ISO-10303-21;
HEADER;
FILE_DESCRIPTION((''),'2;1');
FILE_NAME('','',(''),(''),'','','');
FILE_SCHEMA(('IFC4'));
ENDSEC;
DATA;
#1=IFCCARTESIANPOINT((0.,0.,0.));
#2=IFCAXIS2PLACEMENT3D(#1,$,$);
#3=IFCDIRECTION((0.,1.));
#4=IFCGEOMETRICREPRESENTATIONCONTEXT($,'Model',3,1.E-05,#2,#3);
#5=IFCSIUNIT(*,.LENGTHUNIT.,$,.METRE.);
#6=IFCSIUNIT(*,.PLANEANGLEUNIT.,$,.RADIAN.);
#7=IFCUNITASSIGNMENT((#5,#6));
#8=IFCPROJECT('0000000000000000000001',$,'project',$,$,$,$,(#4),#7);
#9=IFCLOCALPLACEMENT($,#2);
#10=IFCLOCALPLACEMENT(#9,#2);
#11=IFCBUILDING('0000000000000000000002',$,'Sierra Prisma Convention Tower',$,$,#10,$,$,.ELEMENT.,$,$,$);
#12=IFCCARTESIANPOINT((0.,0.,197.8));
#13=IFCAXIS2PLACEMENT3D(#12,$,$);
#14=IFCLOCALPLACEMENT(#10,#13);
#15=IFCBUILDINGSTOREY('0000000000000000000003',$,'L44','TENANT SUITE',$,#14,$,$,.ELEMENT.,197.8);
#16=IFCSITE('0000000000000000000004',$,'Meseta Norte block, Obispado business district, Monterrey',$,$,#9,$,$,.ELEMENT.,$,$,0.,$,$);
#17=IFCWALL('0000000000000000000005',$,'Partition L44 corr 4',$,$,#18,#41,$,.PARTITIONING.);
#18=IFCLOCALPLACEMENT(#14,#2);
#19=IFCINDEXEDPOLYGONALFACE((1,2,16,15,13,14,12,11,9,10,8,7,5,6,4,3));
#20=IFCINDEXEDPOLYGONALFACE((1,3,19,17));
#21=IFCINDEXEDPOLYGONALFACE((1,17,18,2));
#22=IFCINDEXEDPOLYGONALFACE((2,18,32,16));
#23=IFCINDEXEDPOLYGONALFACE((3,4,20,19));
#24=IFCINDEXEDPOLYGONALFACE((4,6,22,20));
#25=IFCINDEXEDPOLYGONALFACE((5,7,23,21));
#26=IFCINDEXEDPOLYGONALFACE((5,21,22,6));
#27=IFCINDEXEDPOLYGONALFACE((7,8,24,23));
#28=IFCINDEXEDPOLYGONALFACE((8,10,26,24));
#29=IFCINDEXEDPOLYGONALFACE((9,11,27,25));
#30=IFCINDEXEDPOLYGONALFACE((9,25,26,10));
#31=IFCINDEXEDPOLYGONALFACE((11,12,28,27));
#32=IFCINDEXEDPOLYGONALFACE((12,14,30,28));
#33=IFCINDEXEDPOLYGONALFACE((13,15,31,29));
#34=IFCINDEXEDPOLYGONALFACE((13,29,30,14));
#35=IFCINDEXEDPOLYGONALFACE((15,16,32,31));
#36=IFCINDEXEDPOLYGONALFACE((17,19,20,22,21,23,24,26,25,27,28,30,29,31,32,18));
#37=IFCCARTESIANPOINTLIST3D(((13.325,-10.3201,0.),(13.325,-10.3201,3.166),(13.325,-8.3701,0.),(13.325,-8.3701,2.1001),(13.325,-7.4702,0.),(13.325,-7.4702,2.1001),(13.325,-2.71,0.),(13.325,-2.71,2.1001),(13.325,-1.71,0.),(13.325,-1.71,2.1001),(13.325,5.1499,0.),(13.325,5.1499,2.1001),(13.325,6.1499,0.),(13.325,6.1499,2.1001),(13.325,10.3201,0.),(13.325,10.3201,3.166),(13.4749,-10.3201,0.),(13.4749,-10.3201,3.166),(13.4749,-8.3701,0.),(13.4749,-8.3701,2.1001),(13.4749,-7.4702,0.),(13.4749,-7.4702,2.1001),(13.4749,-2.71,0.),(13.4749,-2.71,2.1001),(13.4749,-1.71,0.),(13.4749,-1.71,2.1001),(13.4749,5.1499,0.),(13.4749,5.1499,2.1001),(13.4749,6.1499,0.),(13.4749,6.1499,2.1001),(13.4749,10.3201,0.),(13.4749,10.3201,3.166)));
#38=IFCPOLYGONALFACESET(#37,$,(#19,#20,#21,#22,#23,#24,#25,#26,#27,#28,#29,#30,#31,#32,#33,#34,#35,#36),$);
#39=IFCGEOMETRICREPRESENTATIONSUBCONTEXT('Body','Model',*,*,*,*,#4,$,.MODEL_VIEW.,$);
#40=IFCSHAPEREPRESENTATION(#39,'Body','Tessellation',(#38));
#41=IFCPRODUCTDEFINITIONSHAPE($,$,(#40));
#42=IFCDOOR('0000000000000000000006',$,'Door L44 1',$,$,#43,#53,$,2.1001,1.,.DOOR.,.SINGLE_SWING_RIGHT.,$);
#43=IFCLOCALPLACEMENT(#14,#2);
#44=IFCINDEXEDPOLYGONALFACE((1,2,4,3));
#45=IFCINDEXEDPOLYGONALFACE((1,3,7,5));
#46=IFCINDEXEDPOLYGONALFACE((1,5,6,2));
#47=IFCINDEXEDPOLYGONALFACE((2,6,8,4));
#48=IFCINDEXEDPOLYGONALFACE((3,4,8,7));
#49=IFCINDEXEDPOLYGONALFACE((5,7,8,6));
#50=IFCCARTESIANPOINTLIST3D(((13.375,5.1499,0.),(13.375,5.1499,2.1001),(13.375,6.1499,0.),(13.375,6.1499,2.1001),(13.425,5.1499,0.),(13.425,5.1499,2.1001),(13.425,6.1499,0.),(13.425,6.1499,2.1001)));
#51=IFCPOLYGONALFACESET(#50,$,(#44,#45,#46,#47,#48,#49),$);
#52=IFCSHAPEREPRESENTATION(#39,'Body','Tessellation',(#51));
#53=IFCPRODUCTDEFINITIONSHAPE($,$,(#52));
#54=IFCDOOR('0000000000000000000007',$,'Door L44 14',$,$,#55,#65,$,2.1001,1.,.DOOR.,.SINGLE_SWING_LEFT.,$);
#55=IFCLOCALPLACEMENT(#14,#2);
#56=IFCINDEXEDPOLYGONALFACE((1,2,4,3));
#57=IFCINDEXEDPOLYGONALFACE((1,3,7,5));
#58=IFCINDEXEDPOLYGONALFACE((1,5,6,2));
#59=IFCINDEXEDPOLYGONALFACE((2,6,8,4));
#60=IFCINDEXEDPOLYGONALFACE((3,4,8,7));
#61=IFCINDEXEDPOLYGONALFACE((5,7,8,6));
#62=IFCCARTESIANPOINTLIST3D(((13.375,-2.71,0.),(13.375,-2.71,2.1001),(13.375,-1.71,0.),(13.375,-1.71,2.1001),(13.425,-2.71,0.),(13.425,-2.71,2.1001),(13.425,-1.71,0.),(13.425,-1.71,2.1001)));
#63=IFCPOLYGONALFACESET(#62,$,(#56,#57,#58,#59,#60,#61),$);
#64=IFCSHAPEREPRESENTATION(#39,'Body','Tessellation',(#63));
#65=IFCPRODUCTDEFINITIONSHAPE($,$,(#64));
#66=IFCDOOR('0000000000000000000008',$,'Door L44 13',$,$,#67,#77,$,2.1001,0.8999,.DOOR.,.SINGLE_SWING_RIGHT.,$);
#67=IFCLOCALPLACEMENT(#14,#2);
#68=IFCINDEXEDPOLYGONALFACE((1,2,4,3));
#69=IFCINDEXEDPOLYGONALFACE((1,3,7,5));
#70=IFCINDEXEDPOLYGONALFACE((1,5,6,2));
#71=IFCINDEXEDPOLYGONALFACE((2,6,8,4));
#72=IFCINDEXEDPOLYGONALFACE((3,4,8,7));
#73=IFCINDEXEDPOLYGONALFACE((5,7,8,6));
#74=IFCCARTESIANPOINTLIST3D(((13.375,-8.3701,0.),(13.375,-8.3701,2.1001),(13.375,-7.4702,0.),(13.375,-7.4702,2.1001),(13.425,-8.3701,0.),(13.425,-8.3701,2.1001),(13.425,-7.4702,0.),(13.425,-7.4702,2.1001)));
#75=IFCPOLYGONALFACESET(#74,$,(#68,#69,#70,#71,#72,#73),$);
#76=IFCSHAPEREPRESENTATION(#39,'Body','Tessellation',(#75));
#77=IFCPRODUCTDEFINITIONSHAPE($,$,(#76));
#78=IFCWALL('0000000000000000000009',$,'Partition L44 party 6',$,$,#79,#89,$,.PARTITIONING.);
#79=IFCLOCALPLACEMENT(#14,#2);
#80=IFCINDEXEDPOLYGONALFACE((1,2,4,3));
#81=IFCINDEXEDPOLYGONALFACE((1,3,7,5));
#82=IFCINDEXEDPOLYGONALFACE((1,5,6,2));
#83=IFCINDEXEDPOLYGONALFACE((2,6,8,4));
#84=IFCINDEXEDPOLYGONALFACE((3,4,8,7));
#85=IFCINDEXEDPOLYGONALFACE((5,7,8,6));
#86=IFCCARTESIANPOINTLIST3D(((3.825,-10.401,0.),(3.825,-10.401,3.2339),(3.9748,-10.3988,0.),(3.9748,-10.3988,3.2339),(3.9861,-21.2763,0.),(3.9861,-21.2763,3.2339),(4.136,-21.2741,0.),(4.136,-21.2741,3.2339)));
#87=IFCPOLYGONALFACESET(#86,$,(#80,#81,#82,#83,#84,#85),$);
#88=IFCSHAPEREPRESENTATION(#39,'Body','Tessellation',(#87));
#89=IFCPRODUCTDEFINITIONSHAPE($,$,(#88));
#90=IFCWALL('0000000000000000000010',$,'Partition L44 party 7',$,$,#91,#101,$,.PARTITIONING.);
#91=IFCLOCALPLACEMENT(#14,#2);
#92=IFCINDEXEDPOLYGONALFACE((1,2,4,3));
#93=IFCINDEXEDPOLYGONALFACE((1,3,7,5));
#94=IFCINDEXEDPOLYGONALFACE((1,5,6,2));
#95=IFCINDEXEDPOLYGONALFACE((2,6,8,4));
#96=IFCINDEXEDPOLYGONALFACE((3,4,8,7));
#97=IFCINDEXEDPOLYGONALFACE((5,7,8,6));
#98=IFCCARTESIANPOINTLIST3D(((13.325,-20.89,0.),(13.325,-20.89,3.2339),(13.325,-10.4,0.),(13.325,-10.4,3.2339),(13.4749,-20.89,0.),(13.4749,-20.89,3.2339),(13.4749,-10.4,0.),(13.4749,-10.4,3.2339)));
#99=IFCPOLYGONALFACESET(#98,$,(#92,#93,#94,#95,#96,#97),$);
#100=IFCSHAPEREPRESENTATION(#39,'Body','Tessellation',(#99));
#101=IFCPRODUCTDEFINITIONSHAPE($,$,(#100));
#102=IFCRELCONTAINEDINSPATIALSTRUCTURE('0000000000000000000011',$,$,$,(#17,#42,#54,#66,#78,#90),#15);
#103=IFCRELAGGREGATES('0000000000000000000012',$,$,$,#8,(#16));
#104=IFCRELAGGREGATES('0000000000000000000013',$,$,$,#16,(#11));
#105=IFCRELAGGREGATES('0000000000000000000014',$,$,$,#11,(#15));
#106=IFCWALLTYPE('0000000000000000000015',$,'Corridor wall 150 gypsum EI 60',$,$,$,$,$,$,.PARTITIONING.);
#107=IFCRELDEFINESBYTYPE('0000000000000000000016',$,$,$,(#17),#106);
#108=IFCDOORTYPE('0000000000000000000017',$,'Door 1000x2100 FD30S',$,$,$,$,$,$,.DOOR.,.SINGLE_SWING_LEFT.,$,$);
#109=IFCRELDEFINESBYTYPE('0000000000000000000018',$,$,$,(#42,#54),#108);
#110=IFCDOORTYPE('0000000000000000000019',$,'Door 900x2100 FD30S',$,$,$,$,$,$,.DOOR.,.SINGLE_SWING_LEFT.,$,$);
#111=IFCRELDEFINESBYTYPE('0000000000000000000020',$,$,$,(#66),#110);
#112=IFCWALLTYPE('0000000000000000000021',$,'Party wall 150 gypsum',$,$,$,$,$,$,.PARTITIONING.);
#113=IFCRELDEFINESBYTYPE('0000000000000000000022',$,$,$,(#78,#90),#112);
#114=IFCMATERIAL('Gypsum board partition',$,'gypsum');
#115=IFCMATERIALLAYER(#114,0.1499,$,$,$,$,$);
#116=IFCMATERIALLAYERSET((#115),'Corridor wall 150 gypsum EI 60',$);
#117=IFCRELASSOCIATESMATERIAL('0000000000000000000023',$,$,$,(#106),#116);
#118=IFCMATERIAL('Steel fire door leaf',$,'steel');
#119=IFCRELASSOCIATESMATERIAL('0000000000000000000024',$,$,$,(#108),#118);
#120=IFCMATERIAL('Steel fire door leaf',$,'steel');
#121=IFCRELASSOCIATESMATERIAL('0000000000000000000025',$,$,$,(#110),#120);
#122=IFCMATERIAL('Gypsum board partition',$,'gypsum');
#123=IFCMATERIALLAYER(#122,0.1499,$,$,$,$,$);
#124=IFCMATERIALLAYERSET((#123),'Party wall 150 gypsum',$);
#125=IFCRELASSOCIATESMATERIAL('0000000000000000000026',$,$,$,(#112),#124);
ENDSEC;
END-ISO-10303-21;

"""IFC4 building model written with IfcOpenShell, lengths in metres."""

from ifc_helpers import new_model, si_unit, direction, frame, frame_2d, origin, place, context, subcontext, project, spatial, rectangle, extrude, material, layer, layer_set, type_object, element, fill, save


model = new_model("IFC4")

# Units and contexts
model_context = context("Model", 3, precision=1e-05, world=origin(), true_north=direction((0.0, 1.0)))
body_context = subcontext(model_context, "Body", "Model", "MODEL_VIEW")
ifc_project = project(units=[si_unit("LENGTHUNIT", "METRE"), si_unit("PLANEANGLEUNIT", "RADIAN")], contexts=[model_context])

# Site, building, storey
site_placement = place(None, origin())
site = spatial("IfcSite", under=ifc_project, at=site_placement, Name="Meseta Norte block, Obispado business district, Monterrey", CompositionType="ELEMENT", RefElevation=0.0)
building_placement = place(site_placement, origin())
building = spatial("IfcBuilding", under=site, at=building_placement, Name="Sierra Prisma Convention Tower", CompositionType="ELEMENT")
storey_placement = place(building_placement, frame((0.0, 0.0, 197.8)))
storey = spatial("IfcBuildingStorey", under=building, at=storey_placement, Name="L44", Description="TENANT SUITE", CompositionType="ELEMENT", Elevation=197.8)

# Wall, openings, doors
ifc_material_1 = material(Name="Gypsum board partition", Category="gypsum")
ifc_layer_1 = layer(ifc_material_1, 0.1499)
ifc_layer_set_1 = layer_set([ifc_layer_1], Name="Corridor wall 150 gypsum EI 60")
wall_type_1 = type_object("IfcWallType", Name="Corridor wall 150 gypsum EI 60", PredefinedType="PARTITIONING", material=ifc_layer_set_1)
wall_1_placement = place(storey_placement, frame((13.3999, -10.3201, 0.0), z_axis=(0.0, 0.0, 1.0), x_axis=(0.0, 1.0, 0.0)))
wall_1 = element("IfcWall", 1, at=wall_1_placement, inside=storey, type_object=wall_type_1, Name="Partition L44 corr 4", PredefinedType="PARTITIONING", context=body_context, shape_type="SweptSolid", body=[
    extrude(rectangle(XDim=20.6401, YDim=0.1499, at=frame_2d((10.3201, 0.0))), origin(), (0.0, 0.0, 1.0), 3.166),
])
opening_1_placement = place(wall_1_placement, frame((15.47, 0.0, 0.0)))
opening_1 = element("IfcOpeningElement", 2, at=opening_1_placement, cuts=wall_1, PredefinedType="OPENING", context=body_context, shape_type="SweptSolid", body=[
    extrude(rectangle(XDim=1.0, YDim=2.1001, at=frame_2d((0.5, 1.05))), frame((0.0, 0.075, 0.0), z_axis=(0.0, -1.0, 0.0), x_axis=(1.0, 0.0, 0.0)), (0.0, 0.0, 1.0), 0.1499),
])
opening_2_placement = place(wall_1_placement, frame((1.95, 0.0, 0.0)))
opening_2 = element("IfcOpeningElement", 3, at=opening_2_placement, cuts=wall_1, PredefinedType="OPENING", context=body_context, shape_type="SweptSolid", body=[
    extrude(rectangle(XDim=0.8999, YDim=2.1001, at=frame_2d((0.45, 1.05))), frame((0.0, 0.075, 0.0), z_axis=(0.0, -1.0, 0.0), x_axis=(1.0, 0.0, 0.0)), (0.0, 0.0, 1.0), 0.1499),
])
opening_3_placement = place(wall_1_placement, frame((7.6101, 0.0, 0.0)))
opening_3 = element("IfcOpeningElement", 4, at=opening_3_placement, cuts=wall_1, PredefinedType="OPENING", context=body_context, shape_type="SweptSolid", body=[
    extrude(rectangle(XDim=1.0, YDim=2.1001, at=frame_2d((0.5, 1.05))), frame((0.0, 0.075, 0.0), z_axis=(0.0, -1.0, 0.0), x_axis=(1.0, 0.0, 0.0)), (0.0, 0.0, 1.0), 0.1499),
])
ifc_material_2 = material(Name="Steel fire door leaf", Category="steel")
door_type_1 = type_object("IfcDoorType", Name="Door 1000x2100 FD30S", OperationType="SINGLE_SWING_LEFT", PredefinedType="DOOR", material=ifc_material_2)
door_1_placement = place(opening_1_placement, origin())
door_1 = element("IfcDoor", 5, at=door_1_placement, inside=storey, type_object=door_type_1, Name="Door L44 1", OperationType="SINGLE_SWING_RIGHT", OverallHeight=2.1001, OverallWidth=1.0, PredefinedType="DOOR", context=body_context, shape_type="SweptSolid", body=[
    extrude(rectangle(XDim=1.0, YDim=2.1001, at=frame_2d((0.5, 1.05))), frame((0.0, 0.0249, 0.0), z_axis=(0.0, -1.0, 0.0), x_axis=(1.0, 0.0, 0.0)), (0.0, 0.0, 1.0), 0.05),
])
fill(opening_1, door_1)
door_2_placement = place(opening_3_placement, origin())
door_2 = element("IfcDoor", 6, at=door_2_placement, inside=storey, type_object=door_type_1, Name="Door L44 14", OperationType="SINGLE_SWING_LEFT", OverallHeight=2.1001, OverallWidth=1.0, PredefinedType="DOOR", context=body_context, shape_type="SweptSolid", body=[
    extrude(rectangle(XDim=1.0, YDim=2.1001, at=frame_2d((0.5, 1.05))), frame((0.0, 0.0249, 0.0), z_axis=(0.0, -1.0, 0.0), x_axis=(1.0, 0.0, 0.0)), (0.0, 0.0, 1.0), 0.05),
])
fill(opening_3, door_2)
ifc_material_3 = material(Name="Steel fire door leaf", Category="steel")
door_type_2 = type_object("IfcDoorType", Name="Door 900x2100 FD30S", OperationType="SINGLE_SWING_LEFT", PredefinedType="DOOR", material=ifc_material_3)
door_3_placement = place(opening_2_placement, origin())
door_3 = element("IfcDoor", 7, at=door_3_placement, inside=storey, type_object=door_type_2, Name="Door L44 13", OperationType="SINGLE_SWING_RIGHT", OverallHeight=2.1001, OverallWidth=0.8999, PredefinedType="DOOR", context=body_context, shape_type="SweptSolid", body=[
    extrude(rectangle(XDim=0.8999, YDim=2.1001, at=frame_2d((0.45, 1.05))), frame((0.0, 0.0249, 0.0), z_axis=(0.0, -1.0, 0.0), x_axis=(1.0, 0.0, 0.0)), (0.0, 0.0, 1.0), 0.05),
])
fill(opening_2, door_3)

# Walls
ifc_material_4 = material(Name="Gypsum board partition", Category="gypsum")
ifc_layer_2 = layer(ifc_material_4, 0.1499)
ifc_layer_set_2 = layer_set([ifc_layer_2], Name="Party wall 150 gypsum")
wall_type_2 = type_object("IfcWallType", Name="Party wall 150 gypsum", PredefinedType="PARTITIONING", material=ifc_layer_set_2)
wall_2_placement = place(storey_placement, frame((3.8999, -10.3999, 0.0), z_axis=(0.0, 0.0, 1.0), x_axis=(0.014815, -0.99989, 0.0)))
element("IfcWall", 8, at=wall_2_placement, inside=storey, type_object=wall_type_2, Name="Partition L44 party 6", PredefinedType="PARTITIONING", context=body_context, shape_type="SweptSolid", body=[
    extrude(rectangle(XDim=10.8765, YDim=0.1499, at=frame_2d((5.4382, 0.0))), origin(), (0.0, 0.0, 1.0), 3.2339),
])
wall_3_placement = place(storey_placement, frame((13.3999, -10.3999, 0.0), z_axis=(0.0, 0.0, 1.0), x_axis=(0.0, -1.0, 0.0)))
element("IfcWall", 9, at=wall_3_placement, inside=storey, type_object=wall_type_2, Name="Partition L44 party 7", PredefinedType="PARTITIONING", context=body_context, shape_type="SweptSolid", body=[
    extrude(rectangle(XDim=10.49, YDim=0.1499, at=frame_2d((5.2451, 0.0))), origin(), (0.0, 0.0, 1.0), 3.2339),
])

save(model, "model.ifc")
